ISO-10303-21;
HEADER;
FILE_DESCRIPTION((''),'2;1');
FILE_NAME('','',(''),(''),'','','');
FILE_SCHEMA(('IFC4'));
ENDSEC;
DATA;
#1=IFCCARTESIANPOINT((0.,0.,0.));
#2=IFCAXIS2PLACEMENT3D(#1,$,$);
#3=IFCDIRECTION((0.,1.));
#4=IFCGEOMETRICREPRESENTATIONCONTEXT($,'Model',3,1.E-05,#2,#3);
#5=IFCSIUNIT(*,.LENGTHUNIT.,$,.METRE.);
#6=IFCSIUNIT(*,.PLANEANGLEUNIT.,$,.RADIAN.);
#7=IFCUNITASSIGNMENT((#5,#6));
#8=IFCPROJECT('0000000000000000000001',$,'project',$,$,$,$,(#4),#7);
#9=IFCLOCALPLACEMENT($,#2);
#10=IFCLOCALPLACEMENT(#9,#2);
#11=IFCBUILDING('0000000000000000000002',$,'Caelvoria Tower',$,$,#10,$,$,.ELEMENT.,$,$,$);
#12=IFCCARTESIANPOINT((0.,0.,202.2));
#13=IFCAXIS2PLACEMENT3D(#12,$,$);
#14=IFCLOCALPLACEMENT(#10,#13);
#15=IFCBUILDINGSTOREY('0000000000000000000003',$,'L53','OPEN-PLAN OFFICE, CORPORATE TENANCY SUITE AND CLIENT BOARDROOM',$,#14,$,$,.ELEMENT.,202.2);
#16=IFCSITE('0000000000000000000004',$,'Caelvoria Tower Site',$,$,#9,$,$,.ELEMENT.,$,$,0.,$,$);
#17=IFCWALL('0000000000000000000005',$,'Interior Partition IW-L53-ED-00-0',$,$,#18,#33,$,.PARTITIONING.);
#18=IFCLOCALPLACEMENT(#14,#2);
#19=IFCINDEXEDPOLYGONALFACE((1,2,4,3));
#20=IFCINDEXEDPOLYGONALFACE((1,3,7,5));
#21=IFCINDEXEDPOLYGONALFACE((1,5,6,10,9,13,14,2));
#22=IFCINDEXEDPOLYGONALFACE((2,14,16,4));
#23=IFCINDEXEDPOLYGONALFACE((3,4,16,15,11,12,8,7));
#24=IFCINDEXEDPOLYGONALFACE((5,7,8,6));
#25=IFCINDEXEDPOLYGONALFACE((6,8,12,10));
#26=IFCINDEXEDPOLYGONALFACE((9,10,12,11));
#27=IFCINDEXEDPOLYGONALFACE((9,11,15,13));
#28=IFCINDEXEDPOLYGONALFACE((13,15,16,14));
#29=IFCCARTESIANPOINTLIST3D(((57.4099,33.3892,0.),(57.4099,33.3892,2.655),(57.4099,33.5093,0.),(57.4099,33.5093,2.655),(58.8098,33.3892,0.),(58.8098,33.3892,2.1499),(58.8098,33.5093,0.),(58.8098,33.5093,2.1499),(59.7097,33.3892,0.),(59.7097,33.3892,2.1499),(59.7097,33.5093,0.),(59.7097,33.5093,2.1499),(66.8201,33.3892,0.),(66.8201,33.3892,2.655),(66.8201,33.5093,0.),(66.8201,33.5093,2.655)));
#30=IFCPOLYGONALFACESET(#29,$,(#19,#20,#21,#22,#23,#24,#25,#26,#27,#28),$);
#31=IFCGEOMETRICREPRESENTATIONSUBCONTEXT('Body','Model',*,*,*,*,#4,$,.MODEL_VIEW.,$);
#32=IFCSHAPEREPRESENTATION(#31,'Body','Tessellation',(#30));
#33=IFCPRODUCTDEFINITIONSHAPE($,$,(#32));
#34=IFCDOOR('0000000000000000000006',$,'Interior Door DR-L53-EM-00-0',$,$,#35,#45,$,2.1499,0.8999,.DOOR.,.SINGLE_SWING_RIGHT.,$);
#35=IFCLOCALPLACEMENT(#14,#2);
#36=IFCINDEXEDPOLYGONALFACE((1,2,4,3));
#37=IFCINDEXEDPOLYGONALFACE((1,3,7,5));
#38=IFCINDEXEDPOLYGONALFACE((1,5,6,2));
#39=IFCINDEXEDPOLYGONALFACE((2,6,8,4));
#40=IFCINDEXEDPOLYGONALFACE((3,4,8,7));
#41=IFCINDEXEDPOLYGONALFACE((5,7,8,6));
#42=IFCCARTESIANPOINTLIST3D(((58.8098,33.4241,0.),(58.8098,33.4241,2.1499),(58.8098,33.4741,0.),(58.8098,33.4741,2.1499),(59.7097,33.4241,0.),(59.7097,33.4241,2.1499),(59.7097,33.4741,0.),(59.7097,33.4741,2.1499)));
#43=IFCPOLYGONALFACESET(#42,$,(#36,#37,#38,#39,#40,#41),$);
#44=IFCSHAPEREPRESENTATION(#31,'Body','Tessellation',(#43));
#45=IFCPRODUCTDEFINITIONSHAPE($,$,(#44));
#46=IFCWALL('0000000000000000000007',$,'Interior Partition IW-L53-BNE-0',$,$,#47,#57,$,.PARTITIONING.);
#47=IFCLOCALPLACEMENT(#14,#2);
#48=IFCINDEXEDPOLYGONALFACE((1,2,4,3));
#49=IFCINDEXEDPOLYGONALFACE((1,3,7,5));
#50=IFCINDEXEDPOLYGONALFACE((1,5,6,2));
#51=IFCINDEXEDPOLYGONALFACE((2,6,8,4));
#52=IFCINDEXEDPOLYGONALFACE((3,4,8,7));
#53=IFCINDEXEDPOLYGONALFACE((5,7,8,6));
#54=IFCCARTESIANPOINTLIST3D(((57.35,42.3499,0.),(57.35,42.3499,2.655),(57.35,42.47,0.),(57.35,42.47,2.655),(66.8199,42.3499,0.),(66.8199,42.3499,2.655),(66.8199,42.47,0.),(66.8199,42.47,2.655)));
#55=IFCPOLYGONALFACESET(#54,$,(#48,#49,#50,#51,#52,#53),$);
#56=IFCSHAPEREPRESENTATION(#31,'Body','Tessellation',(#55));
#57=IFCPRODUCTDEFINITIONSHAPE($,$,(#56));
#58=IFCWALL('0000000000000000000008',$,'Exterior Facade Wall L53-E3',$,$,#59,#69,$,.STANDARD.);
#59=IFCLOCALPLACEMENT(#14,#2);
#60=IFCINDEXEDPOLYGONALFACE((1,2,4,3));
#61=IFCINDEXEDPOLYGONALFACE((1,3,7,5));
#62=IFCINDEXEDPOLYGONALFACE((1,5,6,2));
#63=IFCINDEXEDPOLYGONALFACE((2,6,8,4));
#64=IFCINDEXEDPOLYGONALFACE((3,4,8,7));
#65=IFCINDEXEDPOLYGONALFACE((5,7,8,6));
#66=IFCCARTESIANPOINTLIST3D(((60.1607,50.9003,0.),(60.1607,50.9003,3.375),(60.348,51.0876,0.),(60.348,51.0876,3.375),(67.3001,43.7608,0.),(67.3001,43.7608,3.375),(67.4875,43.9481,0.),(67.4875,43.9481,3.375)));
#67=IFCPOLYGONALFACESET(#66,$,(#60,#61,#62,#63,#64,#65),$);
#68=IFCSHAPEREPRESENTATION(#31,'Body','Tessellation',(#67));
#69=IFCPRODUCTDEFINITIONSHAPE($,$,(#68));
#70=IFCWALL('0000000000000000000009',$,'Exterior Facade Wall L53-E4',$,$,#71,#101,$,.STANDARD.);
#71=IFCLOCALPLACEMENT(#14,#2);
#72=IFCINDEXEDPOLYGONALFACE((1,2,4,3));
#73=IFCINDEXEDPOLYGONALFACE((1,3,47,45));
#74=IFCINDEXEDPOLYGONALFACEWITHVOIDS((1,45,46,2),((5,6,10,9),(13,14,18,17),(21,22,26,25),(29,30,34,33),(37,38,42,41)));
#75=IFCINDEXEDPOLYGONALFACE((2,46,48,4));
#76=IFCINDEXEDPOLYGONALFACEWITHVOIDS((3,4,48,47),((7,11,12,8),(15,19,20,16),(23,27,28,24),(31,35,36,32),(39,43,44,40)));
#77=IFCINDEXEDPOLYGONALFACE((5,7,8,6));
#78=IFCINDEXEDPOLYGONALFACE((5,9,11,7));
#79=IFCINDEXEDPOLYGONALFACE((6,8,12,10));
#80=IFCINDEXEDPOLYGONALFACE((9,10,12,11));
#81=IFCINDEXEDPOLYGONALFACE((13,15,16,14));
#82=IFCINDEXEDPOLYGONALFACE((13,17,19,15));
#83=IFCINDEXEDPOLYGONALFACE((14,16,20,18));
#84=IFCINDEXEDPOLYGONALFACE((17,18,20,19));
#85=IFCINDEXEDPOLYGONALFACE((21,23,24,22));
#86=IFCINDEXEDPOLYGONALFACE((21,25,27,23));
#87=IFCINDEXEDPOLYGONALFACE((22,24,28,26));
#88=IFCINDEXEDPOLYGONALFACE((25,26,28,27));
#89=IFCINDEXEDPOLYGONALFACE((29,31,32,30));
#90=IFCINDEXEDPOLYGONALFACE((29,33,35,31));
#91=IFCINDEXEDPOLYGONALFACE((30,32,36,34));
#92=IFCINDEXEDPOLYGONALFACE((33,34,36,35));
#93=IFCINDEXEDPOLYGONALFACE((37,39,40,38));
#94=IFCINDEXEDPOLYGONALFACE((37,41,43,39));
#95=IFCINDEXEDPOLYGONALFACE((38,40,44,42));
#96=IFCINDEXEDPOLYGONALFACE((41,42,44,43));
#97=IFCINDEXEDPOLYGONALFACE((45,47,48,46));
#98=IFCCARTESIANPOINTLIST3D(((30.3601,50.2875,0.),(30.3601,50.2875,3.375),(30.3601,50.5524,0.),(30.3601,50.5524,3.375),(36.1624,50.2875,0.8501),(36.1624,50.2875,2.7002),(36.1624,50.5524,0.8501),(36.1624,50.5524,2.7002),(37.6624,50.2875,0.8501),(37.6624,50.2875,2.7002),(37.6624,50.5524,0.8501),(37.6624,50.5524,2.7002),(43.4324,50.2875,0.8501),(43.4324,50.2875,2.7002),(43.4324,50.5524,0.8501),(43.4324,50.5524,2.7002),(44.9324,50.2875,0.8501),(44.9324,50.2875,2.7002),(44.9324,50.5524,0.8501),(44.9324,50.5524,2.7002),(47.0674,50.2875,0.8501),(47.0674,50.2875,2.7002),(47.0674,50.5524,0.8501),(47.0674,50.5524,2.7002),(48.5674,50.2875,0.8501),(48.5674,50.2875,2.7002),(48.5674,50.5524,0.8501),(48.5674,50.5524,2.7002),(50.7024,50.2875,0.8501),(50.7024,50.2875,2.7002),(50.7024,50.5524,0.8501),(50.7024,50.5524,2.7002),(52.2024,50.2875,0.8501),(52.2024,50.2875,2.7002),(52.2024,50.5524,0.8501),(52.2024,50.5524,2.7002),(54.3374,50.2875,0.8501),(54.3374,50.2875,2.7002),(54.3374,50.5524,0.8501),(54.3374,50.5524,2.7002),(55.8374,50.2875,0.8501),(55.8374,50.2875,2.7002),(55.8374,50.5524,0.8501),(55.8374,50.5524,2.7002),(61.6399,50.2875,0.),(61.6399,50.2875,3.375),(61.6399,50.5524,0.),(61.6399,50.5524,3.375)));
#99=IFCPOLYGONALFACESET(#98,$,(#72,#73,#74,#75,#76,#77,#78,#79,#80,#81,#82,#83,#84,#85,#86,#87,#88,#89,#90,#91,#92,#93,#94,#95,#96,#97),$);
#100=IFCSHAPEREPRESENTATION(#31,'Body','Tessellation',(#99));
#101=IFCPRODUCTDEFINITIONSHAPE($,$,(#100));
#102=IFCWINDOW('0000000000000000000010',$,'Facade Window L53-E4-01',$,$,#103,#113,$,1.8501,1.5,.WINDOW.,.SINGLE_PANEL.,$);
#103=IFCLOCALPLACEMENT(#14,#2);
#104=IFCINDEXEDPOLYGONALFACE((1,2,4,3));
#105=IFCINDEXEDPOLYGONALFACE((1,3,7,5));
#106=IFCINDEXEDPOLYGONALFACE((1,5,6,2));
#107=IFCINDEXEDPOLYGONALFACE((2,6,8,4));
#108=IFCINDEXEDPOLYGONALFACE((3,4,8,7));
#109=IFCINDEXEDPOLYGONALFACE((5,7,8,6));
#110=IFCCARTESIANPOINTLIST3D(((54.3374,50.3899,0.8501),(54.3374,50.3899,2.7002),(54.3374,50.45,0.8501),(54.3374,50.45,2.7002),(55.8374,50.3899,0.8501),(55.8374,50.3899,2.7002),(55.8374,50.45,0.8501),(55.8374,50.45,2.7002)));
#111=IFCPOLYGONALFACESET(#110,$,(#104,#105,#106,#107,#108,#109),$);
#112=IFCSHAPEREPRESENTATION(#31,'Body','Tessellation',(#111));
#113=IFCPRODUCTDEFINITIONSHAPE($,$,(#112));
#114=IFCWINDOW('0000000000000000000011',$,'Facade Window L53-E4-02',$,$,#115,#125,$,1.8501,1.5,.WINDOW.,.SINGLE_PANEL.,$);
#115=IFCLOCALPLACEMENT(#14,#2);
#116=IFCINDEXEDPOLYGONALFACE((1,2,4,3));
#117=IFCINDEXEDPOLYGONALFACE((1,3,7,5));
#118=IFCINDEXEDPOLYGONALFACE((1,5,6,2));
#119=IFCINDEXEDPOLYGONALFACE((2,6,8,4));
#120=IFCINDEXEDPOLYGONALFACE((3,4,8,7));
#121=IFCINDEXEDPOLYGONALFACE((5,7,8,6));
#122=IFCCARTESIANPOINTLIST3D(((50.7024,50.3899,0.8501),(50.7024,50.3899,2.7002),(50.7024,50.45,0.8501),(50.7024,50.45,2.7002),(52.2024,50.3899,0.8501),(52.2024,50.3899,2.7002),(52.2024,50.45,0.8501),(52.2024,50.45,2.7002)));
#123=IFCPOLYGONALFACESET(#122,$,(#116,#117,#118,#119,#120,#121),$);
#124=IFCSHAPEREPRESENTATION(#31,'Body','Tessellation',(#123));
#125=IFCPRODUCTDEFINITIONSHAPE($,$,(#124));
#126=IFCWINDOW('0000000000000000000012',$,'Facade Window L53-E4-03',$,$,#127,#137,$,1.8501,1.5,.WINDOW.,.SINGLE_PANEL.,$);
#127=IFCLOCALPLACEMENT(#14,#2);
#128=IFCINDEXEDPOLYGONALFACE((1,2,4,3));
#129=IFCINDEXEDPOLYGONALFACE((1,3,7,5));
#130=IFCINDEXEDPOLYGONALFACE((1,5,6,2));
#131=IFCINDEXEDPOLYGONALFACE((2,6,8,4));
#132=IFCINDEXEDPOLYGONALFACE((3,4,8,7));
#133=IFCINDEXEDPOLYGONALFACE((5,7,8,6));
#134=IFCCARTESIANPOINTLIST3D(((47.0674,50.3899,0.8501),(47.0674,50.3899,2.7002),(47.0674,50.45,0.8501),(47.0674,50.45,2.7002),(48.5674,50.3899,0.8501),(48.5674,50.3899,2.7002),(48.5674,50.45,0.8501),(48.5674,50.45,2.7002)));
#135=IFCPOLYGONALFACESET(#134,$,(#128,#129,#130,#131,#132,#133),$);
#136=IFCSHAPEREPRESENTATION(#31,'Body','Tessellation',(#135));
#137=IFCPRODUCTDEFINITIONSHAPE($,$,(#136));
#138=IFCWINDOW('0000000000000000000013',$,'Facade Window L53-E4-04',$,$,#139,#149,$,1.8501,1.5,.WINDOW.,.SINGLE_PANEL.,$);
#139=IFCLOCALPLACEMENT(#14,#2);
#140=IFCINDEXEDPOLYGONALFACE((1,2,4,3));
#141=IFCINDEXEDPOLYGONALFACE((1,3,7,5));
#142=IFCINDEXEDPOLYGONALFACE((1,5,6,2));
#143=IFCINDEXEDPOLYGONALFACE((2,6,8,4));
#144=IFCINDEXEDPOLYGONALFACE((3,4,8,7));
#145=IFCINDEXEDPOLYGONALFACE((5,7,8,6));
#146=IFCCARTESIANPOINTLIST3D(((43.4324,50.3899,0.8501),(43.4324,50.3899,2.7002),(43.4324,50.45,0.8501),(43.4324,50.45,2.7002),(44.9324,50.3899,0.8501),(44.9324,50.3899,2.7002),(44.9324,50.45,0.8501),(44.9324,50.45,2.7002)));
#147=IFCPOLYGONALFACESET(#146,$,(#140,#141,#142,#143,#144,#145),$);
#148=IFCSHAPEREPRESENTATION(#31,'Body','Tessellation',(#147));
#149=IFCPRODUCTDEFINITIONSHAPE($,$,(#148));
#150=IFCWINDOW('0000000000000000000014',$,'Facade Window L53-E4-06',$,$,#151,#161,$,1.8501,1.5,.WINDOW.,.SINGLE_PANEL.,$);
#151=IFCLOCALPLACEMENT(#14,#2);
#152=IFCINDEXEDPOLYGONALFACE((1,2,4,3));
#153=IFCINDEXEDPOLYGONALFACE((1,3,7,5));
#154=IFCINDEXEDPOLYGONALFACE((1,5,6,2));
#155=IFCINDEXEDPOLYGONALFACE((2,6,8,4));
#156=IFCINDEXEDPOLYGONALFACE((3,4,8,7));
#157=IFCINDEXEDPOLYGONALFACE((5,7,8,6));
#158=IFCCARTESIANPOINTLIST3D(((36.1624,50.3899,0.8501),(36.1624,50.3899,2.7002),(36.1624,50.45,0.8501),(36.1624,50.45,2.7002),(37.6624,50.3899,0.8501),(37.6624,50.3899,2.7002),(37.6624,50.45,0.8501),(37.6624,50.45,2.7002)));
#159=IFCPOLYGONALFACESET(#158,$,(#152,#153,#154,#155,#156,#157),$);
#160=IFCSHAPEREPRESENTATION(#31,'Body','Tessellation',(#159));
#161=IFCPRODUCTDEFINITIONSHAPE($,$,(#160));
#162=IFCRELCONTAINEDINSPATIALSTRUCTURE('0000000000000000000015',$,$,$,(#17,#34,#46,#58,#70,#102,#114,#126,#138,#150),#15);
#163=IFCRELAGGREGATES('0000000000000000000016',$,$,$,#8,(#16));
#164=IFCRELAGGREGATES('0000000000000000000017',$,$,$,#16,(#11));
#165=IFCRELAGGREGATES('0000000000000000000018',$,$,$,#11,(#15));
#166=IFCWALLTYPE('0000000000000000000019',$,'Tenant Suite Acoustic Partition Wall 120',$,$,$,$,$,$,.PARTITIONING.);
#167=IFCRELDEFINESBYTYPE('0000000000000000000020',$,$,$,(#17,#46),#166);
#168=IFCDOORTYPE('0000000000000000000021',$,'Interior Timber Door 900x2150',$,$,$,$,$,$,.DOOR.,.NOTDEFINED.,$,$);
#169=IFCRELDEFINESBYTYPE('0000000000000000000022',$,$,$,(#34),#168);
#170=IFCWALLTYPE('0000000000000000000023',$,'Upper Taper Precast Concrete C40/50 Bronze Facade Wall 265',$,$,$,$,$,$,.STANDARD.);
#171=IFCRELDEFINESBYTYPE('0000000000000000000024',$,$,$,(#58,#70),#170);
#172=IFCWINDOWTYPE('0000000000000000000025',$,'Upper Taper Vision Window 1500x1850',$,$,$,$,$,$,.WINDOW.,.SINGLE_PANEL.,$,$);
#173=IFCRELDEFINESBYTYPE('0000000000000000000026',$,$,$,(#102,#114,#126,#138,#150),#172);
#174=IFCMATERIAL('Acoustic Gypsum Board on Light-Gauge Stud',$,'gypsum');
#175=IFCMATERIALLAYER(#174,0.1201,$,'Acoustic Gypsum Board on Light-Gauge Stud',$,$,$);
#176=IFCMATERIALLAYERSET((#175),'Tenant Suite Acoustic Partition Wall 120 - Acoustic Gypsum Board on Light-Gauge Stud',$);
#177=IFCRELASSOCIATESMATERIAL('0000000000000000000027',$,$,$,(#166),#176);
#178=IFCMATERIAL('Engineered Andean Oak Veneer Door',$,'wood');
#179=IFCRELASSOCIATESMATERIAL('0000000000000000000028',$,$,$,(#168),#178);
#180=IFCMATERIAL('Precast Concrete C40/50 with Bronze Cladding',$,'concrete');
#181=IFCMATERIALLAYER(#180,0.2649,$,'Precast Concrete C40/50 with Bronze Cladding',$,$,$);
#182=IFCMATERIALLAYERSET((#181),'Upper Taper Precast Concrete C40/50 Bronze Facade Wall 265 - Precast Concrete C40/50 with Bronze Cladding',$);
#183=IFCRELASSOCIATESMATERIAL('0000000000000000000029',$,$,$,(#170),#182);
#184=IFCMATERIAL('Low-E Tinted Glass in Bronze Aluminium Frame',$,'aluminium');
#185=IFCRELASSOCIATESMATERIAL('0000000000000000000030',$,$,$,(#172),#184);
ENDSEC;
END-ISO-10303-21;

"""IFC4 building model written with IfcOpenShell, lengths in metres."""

from ifc_helpers import new_model, si_unit, direction, frame, frame_2d, origin, place, context, subcontext, project, spatial, rectangle, extrude, material, layer, layer_set, type_object, element, fill, save


model = new_model("IFC4")

# Units and contexts
model_context = context("Model", 3, precision=1e-05, world=origin(), true_north=direction((0.0, 1.0)))
body_context = subcontext(model_context, "Body", "Model", "MODEL_VIEW")
ifc_project = project(units=[si_unit("LENGTHUNIT", "METRE"), si_unit("PLANEANGLEUNIT", "RADIAN")], contexts=[model_context])

# Site, building, storey
site_placement = place(None, origin())
site = spatial("IfcSite", under=ifc_project, at=site_placement, Name="Caelvoria Tower Site", CompositionType="ELEMENT", RefElevation=0.0)
building_placement = place(site_placement, origin())
building = spatial("IfcBuilding", under=site, at=building_placement, Name="Caelvoria Tower", CompositionType="ELEMENT")
storey_placement = place(building_placement, frame((0.0, 0.0, 202.2)))
storey = spatial("IfcBuildingStorey", under=building, at=storey_placement, Name="L53", Description="OPEN-PLAN OFFICE, CORPORATE TENANCY SUITE AND CLIENT BOARDROOM", CompositionType="ELEMENT", Elevation=202.2)

# Wall, opening, door
ifc_material_1 = material(Name="Acoustic Gypsum Board on Light-Gauge Stud", Category="gypsum")
ifc_layer_1 = layer(ifc_material_1, 0.1201, Name="Acoustic Gypsum Board on Light-Gauge Stud")
ifc_layer_set_1 = layer_set([ifc_layer_1], Name="Tenant Suite Acoustic Partition Wall 120 - Acoustic Gypsum Board on Light-Gauge Stud")
wall_type_1 = type_object("IfcWallType", Name="Tenant Suite Acoustic Partition Wall 120", PredefinedType="PARTITIONING", material=ifc_layer_set_1)
wall_1_placement = place(storey_placement, frame((57.4099, 33.4492, 0.0), z_axis=(0.0, 0.0, 1.0), x_axis=(1.0, 0.0, 0.0)))
wall_1 = element("IfcWall", 1, at=wall_1_placement, inside=storey, type_object=wall_type_1, Name="Interior Partition IW-L53-ED-00-0", PredefinedType="PARTITIONING", context=body_context, shape_type="SweptSolid", body=[
    extrude(rectangle(XDim=9.4102, YDim=0.1201, at=frame_2d((4.7051, 0.0))), origin(), (0.0, 0.0, 1.0), 2.655),
])
opening_1_placement = place(wall_1_placement, frame((1.3999, 0.0, 0.0)))
opening_1 = element("IfcOpeningElement", 2, at=opening_1_placement, cuts=wall_1, PredefinedType="OPENING", context=body_context, shape_type="SweptSolid", body=[
    extrude(rectangle(XDim=0.8999, YDim=2.1499, at=frame_2d((0.45, 1.075))), frame((0.0, 0.0701, 0.0), z_axis=(0.0, -1.0, 0.0), x_axis=(1.0, 0.0, 0.0)), (0.0, 0.0, 1.0), 0.1401),
])
ifc_material_2 = material(Name="Engineered Andean Oak Veneer Door", Category="wood")
door_type = type_object("IfcDoorType", Name="Interior Timber Door 900x2150", OperationType="NOTDEFINED", PredefinedType="DOOR", material=ifc_material_2)
door_placement = place(opening_1_placement, origin())
door = element("IfcDoor", 3, at=door_placement, inside=storey, type_object=door_type, Name="Interior Door DR-L53-EM-00-0", OperationType="SINGLE_SWING_RIGHT", OverallHeight=2.1499, OverallWidth=0.8999, PredefinedType="DOOR", context=body_context, shape_type="SweptSolid", body=[
    extrude(rectangle(XDim=0.8999, YDim=2.1499, at=frame_2d((0.45, 1.075))), frame((0.0, 0.0249, 0.0), z_axis=(0.0, -1.0, 0.0), x_axis=(1.0, 0.0, 0.0)), (0.0, 0.0, 1.0), 0.05),
])
fill(opening_1, door)

# Walls
wall_2_placement = place(storey_placement, frame((57.3501, 42.4099, 0.0), z_axis=(0.0, 0.0, 1.0), x_axis=(1.0, 0.0, 0.0)))
element("IfcWall", 4, at=wall_2_placement, inside=storey, type_object=wall_type_1, Name="Interior Partition IW-L53-BNE-0", PredefinedType="PARTITIONING", context=body_context, shape_type="SweptSolid", body=[
    extrude(rectangle(XDim=9.47, YDim=0.1201, at=frame_2d((4.7349, 0.0))), origin(), (0.0, 0.0, 1.0), 2.655),
])
ifc_material_3 = material(Name="Precast Concrete C40/50 with Bronze Cladding", Category="concrete")
ifc_layer_2 = layer(ifc_material_3, 0.2649, Name="Precast Concrete C40/50 with Bronze Cladding")
ifc_layer_set_2 = layer_set([ifc_layer_2], Name="Upper Taper Precast Concrete C40/50 Bronze Facade Wall 265 - Precast Concrete C40/50 with Bronze Cladding")
wall_type_2 = type_object("IfcWallType", Name="Upper Taper Precast Concrete C40/50 Bronze Facade Wall 265", PredefinedType="STANDARD", material=ifc_layer_set_2)
wall_3_placement = place(storey_placement, frame((67.3938, 43.8545, 0.0), z_axis=(0.0, 0.0, 1.0), x_axis=(-0.707107, 0.707107, 0.0)))
element("IfcWall", 5, at=wall_3_placement, inside=storey, type_object=wall_type_2, Name="Exterior Facade Wall L53-E3", PredefinedType="STANDARD", context=body_context, shape_type="SweptSolid", body=[
    extrude(rectangle(XDim=10.0967, YDim=0.2649, at=frame_2d((5.0483, 0.0))), origin(), (0.0, 0.0, 1.0), 3.375),
])

# Wall, openings, windows
wall_4_placement = place(storey_placement, frame((61.6399, 50.4199, 0.0), z_axis=(0.0, 0.0, 1.0), x_axis=(-1.0, 0.0, 0.0)))
wall_4 = element("IfcWall", 6, at=wall_4_placement, inside=storey, type_object=wall_type_2, Name="Exterior Facade Wall L53-E4", PredefinedType="STANDARD", context=body_context, shape_type="SweptSolid", body=[
    extrude(rectangle(XDim=31.2798, YDim=0.2649, at=frame_2d((15.6399, 0.0))), origin(), (0.0, 0.0, 1.0), 3.375),
])
opening_2_placement = place(wall_4_placement, frame((5.8025, 0.0, 0.8501)))
opening_2 = element("IfcOpeningElement", 7, at=opening_2_placement, cuts=wall_4, PredefinedType="OPENING", context=body_context, shape_type="SweptSolid", body=[
    extrude(rectangle(XDim=1.5, YDim=1.8501, at=frame_2d((0.75, 0.925))), frame((0.0, 0.1423, 0.0), z_axis=(0.0, -1.0, 0.0), x_axis=(1.0, 0.0, 0.0)), (0.0, 0.0, 1.0), 0.2849),
])
opening_3_placement = place(wall_4_placement, frame((9.4375, 0.0, 0.8501)))
opening_3 = element("IfcOpeningElement", 8, at=opening_3_placement, cuts=wall_4, PredefinedType="OPENING", context=body_context, shape_type="SweptSolid", body=[
    extrude(rectangle(XDim=1.5, YDim=1.8501, at=frame_2d((0.75, 0.925))), frame((0.0, 0.1423, 0.0), z_axis=(0.0, -1.0, 0.0), x_axis=(1.0, 0.0, 0.0)), (0.0, 0.0, 1.0), 0.2849),
])
opening_4_placement = place(wall_4_placement, frame((13.0725, 0.0, 0.8501)))
opening_4 = element("IfcOpeningElement", 9, at=opening_4_placement, cuts=wall_4, PredefinedType="OPENING", context=body_context, shape_type="SweptSolid", body=[
    extrude(rectangle(XDim=1.5, YDim=1.8501, at=frame_2d((0.75, 0.925))), frame((0.0, 0.1423, 0.0), z_axis=(0.0, -1.0, 0.0), x_axis=(1.0, 0.0, 0.0)), (0.0, 0.0, 1.0), 0.2849),
])
opening_5_placement = place(wall_4_placement, frame((16.7075, 0.0, 0.8501)))
opening_5 = element("IfcOpeningElement", 10, at=opening_5_placement, cuts=wall_4, PredefinedType="OPENING", context=body_context, shape_type="SweptSolid", body=[
    extrude(rectangle(XDim=1.5, YDim=1.8501, at=frame_2d((0.75, 0.925))), frame((0.0, 0.1423, 0.0), z_axis=(0.0, -1.0, 0.0), x_axis=(1.0, 0.0, 0.0)), (0.0, 0.0, 1.0), 0.2849),
])
opening_6_placement = place(wall_4_placement, frame((23.9775, 0.0, 0.8501)))
opening_6 = element("IfcOpeningElement", 11, at=opening_6_placement, cuts=wall_4, PredefinedType="OPENING", context=body_context, shape_type="SweptSolid", body=[
    extrude(rectangle(XDim=1.5, YDim=1.8501, at=frame_2d((0.75, 0.925))), frame((0.0, 0.1423, 0.0), z_axis=(0.0, -1.0, 0.0), x_axis=(1.0, 0.0, 0.0)), (0.0, 0.0, 1.0), 0.2849),
])
ifc_material_4 = material(Name="Low-E Tinted Glass in Bronze Aluminium Frame", Category="aluminium")
window_type = type_object("IfcWindowType", Name="Upper Taper Vision Window 1500x1850", PartitioningType="SINGLE_PANEL", PredefinedType="WINDOW", material=ifc_material_4)
window_1_placement = place(opening_2_placement, origin())
window_1 = element("IfcWindow", 12, at=window_1_placement, inside=storey, type_object=window_type, Name="Facade Window L53-E4-01", OverallHeight=1.8501, OverallWidth=1.5, PartitioningType="SINGLE_PANEL", PredefinedType="WINDOW", context=body_context, shape_type="SweptSolid", body=[
    extrude(rectangle(XDim=1.5, YDim=1.8501, at=frame_2d((0.75, 0.925))), frame((0.0, 0.03, 0.0), z_axis=(0.0, -1.0, 0.0), x_axis=(1.0, 0.0, 0.0)), (0.0, 0.0, 1.0), 0.0601),
])
fill(opening_2, window_1)
window_2_placement = place(opening_3_placement, origin())
window_2 = element("IfcWindow", 13, at=window_2_placement, inside=storey, type_object=window_type, Name="Facade Window L53-E4-02", OverallHeight=1.8501, OverallWidth=1.5, PartitioningType="SINGLE_PANEL", PredefinedType="WINDOW", context=body_context, shape_type="SweptSolid", body=[
    extrude(rectangle(XDim=1.5, YDim=1.8501, at=frame_2d((0.75, 0.925))), frame((0.0, 0.03, 0.0), z_axis=(0.0, -1.0, 0.0), x_axis=(1.0, 0.0, 0.0)), (0.0, 0.0, 1.0), 0.0601),
])
fill(opening_3, window_2)
window_3_placement = place(opening_4_placement, origin())
window_3 = element("IfcWindow", 14, at=window_3_placement, inside=storey, type_object=window_type, Name="Facade Window L53-E4-03", OverallHeight=1.8501, OverallWidth=1.5, PartitioningType="SINGLE_PANEL", PredefinedType="WINDOW", context=body_context, shape_type="SweptSolid", body=[
    extrude(rectangle(XDim=1.5, YDim=1.8501, at=frame_2d((0.75, 0.925))), frame((0.0, 0.03, 0.0), z_axis=(0.0, -1.0, 0.0), x_axis=(1.0, 0.0, 0.0)), (0.0, 0.0, 1.0), 0.0601),
])
fill(opening_4, window_3)
window_4_placement = place(opening_5_placement, origin())
window_4 = element("IfcWindow", 15, at=window_4_placement, inside=storey, type_object=window_type, Name="Facade Window L53-E4-04", OverallHeight=1.8501, OverallWidth=1.5, PartitioningType="SINGLE_PANEL", PredefinedType="WINDOW", context=body_context, shape_type="SweptSolid", body=[
    extrude(rectangle(XDim=1.5, YDim=1.8501, at=frame_2d((0.75, 0.925))), frame((0.0, 0.03, 0.0), z_axis=(0.0, -1.0, 0.0), x_axis=(1.0, 0.0, 0.0)), (0.0, 0.0, 1.0), 0.0601),
])
fill(opening_5, window_4)
window_5_placement = place(opening_6_placement, origin())
window_5 = element("IfcWindow", 16, at=window_5_placement, inside=storey, type_object=window_type, Name="Facade Window L53-E4-06", OverallHeight=1.8501, OverallWidth=1.5, PartitioningType="SINGLE_PANEL", PredefinedType="WINDOW", context=body_context, shape_type="SweptSolid", body=[
    extrude(rectangle(XDim=1.5, YDim=1.8501, at=frame_2d((0.75, 0.925))), frame((0.0, 0.03, 0.0), z_axis=(0.0, -1.0, 0.0), x_axis=(1.0, 0.0, 0.0)), (0.0, 0.0, 1.0), 0.0601),
])
fill(opening_6, window_5)

save(model, "model.ifc")
